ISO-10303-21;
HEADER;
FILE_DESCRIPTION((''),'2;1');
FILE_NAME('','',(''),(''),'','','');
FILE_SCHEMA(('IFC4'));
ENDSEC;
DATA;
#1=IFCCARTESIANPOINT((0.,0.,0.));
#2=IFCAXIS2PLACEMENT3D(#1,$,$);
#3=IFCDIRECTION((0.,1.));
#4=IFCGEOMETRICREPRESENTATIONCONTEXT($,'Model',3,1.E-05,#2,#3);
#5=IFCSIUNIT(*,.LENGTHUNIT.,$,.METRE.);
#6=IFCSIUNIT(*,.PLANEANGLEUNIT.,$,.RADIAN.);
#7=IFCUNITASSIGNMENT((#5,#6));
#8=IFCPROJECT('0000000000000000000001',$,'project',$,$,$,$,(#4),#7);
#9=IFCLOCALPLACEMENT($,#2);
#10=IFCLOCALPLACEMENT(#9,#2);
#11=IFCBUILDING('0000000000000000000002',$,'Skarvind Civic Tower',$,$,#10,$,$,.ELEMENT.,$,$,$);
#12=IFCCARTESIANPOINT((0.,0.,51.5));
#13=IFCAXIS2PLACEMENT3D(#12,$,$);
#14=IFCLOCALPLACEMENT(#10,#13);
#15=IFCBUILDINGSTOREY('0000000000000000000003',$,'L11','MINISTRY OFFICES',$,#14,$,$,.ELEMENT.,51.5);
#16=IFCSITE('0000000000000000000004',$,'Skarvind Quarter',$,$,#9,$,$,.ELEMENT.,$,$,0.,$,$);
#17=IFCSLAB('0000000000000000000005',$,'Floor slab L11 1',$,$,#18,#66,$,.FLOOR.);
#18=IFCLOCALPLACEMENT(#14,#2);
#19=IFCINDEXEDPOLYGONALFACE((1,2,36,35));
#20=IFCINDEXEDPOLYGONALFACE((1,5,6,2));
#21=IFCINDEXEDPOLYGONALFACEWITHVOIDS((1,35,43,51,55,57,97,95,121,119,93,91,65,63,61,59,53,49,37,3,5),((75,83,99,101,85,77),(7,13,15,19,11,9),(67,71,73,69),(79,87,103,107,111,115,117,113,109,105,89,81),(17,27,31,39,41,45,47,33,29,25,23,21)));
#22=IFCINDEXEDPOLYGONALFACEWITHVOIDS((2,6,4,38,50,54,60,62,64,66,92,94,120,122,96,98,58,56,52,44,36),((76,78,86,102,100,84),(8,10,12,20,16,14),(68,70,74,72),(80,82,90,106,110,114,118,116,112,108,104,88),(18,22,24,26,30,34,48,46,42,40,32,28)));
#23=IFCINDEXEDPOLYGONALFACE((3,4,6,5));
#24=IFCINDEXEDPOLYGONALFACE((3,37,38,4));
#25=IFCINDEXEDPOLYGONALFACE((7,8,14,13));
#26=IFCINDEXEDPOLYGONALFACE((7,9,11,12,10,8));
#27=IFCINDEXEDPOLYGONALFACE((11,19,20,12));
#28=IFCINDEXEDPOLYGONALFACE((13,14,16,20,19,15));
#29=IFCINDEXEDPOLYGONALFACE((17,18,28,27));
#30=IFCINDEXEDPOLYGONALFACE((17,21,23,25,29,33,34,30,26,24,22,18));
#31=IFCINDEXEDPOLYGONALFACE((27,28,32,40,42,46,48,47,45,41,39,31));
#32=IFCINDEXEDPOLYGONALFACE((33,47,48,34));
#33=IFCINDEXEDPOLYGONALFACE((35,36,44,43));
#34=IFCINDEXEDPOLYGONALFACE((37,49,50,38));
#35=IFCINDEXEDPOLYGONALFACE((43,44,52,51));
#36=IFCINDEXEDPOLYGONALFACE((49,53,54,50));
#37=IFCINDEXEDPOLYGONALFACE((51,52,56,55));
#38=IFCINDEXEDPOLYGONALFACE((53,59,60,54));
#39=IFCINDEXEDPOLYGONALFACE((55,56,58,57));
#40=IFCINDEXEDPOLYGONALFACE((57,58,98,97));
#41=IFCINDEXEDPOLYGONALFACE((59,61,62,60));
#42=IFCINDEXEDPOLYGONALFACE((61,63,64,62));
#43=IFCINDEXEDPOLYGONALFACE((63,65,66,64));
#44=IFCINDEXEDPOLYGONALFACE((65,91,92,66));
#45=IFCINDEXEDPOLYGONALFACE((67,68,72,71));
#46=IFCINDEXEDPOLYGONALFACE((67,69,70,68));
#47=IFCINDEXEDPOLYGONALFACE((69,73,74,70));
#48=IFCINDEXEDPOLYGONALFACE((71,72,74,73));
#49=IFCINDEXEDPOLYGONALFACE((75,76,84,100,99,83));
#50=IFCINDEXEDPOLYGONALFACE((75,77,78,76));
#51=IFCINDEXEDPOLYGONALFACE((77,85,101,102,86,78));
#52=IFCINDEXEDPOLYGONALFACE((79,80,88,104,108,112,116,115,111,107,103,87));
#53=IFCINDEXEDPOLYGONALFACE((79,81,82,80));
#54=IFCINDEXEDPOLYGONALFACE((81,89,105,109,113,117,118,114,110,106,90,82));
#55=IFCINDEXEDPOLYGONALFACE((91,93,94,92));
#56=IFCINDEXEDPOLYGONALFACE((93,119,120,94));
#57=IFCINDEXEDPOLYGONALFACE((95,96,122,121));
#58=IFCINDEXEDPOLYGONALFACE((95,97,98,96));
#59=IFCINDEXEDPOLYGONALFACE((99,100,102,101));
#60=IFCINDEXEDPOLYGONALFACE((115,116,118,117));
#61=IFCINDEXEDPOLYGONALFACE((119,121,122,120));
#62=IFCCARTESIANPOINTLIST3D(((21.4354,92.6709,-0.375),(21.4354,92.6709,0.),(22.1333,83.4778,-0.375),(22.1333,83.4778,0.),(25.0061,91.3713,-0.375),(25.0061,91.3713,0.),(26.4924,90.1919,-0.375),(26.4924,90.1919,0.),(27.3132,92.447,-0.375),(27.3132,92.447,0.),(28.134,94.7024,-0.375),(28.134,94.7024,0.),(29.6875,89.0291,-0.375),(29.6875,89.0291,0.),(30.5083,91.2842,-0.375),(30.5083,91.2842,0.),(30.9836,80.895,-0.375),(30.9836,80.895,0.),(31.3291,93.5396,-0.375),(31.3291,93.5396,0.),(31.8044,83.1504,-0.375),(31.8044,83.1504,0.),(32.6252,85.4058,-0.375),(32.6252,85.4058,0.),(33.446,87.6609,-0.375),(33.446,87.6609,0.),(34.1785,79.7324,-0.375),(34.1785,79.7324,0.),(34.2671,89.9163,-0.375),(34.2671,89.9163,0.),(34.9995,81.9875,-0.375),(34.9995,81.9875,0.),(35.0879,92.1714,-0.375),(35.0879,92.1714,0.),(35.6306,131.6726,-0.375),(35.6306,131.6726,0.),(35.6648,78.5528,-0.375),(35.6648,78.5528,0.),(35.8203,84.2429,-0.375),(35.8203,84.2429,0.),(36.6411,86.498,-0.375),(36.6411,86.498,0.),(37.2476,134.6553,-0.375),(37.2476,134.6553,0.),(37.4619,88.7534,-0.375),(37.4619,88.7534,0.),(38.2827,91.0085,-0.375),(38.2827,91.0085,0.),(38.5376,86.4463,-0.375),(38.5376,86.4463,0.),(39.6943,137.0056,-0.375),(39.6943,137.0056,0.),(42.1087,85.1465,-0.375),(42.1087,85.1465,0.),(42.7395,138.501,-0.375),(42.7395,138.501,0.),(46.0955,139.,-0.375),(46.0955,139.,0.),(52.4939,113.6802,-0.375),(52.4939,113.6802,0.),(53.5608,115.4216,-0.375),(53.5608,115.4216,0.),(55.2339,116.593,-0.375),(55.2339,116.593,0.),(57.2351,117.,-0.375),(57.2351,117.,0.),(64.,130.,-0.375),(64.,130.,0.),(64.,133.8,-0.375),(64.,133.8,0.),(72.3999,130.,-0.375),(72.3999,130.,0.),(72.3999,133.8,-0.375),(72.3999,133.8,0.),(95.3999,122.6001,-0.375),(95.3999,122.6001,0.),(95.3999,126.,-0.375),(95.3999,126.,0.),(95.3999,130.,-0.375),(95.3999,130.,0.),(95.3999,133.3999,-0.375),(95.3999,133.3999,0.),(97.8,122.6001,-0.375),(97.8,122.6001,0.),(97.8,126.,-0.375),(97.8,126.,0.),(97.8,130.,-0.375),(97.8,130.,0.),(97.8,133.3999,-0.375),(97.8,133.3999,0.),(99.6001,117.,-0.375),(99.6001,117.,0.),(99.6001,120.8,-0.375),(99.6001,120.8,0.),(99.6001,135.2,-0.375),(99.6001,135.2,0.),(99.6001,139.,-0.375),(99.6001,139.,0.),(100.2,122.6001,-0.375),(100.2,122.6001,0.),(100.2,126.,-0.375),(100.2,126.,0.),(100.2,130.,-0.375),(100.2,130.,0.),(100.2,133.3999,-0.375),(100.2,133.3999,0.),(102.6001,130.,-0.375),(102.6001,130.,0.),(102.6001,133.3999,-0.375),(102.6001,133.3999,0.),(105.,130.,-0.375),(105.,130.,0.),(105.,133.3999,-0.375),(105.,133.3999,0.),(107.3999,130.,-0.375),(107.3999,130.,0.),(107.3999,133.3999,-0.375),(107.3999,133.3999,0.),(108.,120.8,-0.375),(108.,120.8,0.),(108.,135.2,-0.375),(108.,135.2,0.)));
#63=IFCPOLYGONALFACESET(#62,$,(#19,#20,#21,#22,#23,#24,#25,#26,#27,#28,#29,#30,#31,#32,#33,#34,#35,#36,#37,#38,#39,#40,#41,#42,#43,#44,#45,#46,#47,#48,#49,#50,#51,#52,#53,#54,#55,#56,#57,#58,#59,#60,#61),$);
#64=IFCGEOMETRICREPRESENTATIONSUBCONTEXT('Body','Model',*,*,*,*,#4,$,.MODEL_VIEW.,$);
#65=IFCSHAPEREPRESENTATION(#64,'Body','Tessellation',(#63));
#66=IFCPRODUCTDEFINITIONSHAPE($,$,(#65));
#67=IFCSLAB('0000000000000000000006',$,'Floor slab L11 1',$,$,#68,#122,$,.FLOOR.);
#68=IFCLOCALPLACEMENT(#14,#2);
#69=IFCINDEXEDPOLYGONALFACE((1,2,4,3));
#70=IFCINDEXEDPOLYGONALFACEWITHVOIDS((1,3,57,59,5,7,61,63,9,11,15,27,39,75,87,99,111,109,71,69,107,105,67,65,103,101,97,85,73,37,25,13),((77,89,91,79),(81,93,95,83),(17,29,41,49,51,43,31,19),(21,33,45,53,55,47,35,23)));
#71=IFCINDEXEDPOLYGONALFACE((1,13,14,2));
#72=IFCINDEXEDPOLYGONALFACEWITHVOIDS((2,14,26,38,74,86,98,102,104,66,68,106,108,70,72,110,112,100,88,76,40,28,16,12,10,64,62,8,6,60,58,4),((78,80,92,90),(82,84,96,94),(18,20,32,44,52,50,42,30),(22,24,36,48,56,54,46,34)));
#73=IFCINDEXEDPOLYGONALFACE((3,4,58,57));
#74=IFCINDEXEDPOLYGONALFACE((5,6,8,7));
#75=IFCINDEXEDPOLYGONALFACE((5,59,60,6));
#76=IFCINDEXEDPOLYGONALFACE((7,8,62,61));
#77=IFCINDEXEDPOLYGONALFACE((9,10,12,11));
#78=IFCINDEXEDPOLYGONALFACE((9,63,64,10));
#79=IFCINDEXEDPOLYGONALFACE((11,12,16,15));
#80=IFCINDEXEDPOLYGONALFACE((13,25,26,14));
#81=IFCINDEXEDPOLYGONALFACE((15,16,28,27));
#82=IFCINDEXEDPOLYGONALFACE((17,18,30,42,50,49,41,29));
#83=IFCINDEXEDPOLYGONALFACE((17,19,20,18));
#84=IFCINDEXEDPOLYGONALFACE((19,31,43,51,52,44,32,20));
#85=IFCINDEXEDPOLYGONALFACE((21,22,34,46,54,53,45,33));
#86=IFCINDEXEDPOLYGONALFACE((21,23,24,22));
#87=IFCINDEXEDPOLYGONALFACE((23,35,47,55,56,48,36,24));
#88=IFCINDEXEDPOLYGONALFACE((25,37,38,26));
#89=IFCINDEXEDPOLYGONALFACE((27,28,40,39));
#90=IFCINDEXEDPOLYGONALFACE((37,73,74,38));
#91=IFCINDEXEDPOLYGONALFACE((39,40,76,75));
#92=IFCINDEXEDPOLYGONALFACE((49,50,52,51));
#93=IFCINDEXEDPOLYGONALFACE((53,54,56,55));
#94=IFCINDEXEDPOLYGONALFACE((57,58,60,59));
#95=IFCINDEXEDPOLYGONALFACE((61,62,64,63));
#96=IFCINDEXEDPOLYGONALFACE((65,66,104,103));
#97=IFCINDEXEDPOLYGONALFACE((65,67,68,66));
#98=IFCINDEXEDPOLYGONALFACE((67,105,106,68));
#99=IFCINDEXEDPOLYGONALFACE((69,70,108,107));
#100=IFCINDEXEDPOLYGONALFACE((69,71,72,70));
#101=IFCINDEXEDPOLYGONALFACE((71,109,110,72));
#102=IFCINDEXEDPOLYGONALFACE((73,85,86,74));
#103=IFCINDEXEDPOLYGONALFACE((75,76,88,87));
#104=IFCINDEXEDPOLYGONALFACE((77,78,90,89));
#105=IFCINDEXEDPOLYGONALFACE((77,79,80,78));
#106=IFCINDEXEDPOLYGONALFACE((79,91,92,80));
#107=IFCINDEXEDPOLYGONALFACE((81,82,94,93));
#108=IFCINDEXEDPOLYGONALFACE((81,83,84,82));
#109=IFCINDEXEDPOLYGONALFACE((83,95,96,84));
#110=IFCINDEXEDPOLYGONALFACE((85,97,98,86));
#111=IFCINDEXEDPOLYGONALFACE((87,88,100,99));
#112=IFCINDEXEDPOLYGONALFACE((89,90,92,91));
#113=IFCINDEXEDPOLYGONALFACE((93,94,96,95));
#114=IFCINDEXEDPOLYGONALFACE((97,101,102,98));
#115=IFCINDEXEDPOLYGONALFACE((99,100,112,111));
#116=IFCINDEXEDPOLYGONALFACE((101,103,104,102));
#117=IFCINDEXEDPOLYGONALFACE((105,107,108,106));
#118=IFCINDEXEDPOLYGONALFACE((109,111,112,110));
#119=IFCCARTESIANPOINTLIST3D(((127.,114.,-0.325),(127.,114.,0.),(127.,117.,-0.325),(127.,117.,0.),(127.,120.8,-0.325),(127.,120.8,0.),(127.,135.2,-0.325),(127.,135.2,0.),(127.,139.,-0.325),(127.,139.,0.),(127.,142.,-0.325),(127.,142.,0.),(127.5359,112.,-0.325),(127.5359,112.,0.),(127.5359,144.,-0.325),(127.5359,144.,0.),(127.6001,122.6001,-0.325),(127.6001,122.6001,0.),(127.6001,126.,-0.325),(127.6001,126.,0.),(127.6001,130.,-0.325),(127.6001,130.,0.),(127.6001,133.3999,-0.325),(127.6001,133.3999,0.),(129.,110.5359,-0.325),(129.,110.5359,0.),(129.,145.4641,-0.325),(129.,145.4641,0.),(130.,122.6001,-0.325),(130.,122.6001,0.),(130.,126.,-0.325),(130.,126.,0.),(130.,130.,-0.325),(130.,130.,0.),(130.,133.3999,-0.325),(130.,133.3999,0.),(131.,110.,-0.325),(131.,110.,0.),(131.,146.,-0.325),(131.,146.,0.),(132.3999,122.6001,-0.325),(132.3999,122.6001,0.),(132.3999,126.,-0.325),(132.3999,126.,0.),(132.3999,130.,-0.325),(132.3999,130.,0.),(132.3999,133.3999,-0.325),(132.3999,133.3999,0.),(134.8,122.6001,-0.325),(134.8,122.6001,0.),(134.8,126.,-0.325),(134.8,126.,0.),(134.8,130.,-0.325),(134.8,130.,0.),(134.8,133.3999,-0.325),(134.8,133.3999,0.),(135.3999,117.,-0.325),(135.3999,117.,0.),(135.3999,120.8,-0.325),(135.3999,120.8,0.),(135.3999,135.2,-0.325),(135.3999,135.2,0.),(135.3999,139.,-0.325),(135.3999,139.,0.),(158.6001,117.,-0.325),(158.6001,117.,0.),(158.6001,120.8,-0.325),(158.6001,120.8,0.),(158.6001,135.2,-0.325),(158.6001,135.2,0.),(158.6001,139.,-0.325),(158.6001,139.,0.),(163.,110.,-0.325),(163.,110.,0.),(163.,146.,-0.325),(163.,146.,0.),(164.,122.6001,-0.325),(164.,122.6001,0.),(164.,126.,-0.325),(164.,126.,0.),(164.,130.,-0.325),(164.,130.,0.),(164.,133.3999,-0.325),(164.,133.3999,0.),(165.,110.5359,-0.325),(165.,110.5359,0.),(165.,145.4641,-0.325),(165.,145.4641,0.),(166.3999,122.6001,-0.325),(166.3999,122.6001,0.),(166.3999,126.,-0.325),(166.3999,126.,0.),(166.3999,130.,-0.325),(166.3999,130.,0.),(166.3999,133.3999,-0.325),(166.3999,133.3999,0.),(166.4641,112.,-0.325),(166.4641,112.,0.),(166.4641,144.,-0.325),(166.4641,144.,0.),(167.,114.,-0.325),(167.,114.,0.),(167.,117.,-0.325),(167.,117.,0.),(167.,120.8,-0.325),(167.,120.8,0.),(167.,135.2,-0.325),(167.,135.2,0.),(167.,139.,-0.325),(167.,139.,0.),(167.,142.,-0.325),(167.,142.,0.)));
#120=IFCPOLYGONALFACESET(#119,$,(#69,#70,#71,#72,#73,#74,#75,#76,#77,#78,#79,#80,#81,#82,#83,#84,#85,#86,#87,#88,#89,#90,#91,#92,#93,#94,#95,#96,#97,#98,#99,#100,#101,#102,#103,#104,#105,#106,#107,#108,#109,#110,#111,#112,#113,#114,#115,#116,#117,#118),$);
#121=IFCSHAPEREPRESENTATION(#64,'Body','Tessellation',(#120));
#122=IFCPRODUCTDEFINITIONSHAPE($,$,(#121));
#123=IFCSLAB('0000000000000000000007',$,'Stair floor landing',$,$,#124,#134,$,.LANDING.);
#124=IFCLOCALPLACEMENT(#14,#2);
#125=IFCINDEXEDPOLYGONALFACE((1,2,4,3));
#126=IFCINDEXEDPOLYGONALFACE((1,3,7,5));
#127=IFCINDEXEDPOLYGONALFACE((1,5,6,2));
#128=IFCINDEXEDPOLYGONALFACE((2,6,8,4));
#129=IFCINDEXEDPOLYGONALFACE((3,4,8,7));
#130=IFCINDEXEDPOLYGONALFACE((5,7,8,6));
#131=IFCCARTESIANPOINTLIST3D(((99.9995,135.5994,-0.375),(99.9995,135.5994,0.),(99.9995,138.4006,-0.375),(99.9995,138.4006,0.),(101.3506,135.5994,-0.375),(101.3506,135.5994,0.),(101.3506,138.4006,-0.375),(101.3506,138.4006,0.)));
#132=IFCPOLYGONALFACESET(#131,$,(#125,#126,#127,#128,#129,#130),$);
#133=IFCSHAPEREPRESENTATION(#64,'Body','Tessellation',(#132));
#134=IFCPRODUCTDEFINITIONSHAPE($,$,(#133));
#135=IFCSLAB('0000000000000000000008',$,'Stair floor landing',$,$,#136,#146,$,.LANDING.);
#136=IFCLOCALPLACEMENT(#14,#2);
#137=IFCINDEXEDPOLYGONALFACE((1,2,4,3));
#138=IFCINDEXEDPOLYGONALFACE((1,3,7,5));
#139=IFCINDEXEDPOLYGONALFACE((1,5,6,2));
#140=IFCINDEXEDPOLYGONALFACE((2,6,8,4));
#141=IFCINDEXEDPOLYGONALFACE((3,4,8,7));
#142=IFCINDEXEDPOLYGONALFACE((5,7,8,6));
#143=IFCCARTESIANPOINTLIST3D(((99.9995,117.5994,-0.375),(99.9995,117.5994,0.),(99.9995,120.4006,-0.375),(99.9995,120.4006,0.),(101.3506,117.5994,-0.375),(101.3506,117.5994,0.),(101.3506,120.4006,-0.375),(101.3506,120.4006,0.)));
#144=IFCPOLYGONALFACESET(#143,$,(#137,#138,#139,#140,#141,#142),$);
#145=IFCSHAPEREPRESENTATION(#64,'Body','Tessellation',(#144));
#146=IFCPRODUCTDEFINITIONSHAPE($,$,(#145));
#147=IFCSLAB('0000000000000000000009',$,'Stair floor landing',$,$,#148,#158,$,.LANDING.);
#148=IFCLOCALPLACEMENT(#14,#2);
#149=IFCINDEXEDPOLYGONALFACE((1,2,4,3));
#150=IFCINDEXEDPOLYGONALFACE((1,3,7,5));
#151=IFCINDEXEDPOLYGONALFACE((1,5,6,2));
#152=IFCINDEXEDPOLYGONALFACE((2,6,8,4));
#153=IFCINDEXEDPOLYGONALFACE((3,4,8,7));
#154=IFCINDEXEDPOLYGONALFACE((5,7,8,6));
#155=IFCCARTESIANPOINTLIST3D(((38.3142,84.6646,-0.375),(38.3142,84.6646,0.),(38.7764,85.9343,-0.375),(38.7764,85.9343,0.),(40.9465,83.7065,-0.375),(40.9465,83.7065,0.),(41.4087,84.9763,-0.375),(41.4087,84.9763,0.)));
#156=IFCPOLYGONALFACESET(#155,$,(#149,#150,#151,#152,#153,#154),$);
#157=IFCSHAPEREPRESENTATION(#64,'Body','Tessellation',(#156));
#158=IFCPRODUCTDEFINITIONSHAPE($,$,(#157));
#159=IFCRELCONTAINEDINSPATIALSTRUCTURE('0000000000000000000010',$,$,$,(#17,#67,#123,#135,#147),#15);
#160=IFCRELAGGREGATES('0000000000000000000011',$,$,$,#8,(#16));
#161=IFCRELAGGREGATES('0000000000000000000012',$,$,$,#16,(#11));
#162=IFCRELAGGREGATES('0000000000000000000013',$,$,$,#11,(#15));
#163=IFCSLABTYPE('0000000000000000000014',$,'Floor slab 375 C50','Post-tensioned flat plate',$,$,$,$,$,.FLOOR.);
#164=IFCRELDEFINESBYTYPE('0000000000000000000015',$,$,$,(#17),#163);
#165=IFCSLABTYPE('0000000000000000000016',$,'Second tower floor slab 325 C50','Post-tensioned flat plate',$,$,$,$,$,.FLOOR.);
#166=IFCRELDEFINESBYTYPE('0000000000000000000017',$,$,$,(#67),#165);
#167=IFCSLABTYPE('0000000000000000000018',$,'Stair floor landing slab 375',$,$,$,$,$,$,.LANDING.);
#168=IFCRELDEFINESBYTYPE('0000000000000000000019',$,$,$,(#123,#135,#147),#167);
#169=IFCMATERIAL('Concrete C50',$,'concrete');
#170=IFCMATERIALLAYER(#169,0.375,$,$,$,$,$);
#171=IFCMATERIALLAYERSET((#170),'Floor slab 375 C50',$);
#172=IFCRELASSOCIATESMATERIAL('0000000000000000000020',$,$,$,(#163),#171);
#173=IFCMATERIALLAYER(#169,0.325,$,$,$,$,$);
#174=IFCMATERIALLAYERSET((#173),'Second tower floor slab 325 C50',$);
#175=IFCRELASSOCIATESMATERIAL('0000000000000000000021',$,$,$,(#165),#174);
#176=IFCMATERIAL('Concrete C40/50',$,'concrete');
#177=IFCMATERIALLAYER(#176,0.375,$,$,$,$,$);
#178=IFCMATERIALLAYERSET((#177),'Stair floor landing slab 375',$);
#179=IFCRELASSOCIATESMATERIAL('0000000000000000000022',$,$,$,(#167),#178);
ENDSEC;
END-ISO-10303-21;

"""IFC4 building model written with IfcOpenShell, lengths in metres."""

from ifc_helpers import new_model, si_unit, direction, frame, origin, place, context, subcontext, project, spatial, polyline, outline, extrude, material, layer, layer_set, type_object, element, save


model = new_model("IFC4")

# Units and contexts
model_context = context("Model", 3, precision=1e-05, world=origin(), true_north=direction((0.0, 1.0)))
body_context = subcontext(model_context, "Body", "Model", "MODEL_VIEW")
ifc_project = project(units=[si_unit("LENGTHUNIT", "METRE"), si_unit("PLANEANGLEUNIT", "RADIAN")], contexts=[model_context])

# Site, building, storey
site_placement = place(None, origin())
site = spatial("IfcSite", under=ifc_project, at=site_placement, Name="Skarvind Quarter", CompositionType="ELEMENT", RefElevation=0.0)
building_placement = place(site_placement, origin())
building = spatial("IfcBuilding", under=site, at=building_placement, Name="Skarvind Civic Tower", CompositionType="ELEMENT")
storey_placement = place(building_placement, frame((0.0, 0.0, 51.5)))
storey = spatial("IfcBuildingStorey", under=building, at=storey_placement, Name="L11", Description="MINISTRY OFFICES", CompositionType="ELEMENT", Elevation=51.5)

# Slabs
ifc_material_1 = material(Name="Concrete C50", Category="concrete")
ifc_layer_1 = layer(ifc_material_1, 0.375)
ifc_layer_set_1 = layer_set([ifc_layer_1], Name="Floor slab 375 C50")
slab_type_1 = type_object("IfcSlabType", Name="Floor slab 375 C50", Description="Post-tensioned flat plate", PredefinedType="FLOOR", material=ifc_layer_set_1)
slab_1_placement = place(storey_placement, frame((0.0, 0.0, -0.375)))
element("IfcSlab", 1, at=slab_1_placement, inside=storey, type_object=slab_type_1, Name="Floor slab L11 1", PredefinedType="FLOOR", context=body_context, shape_type="SweptSolid", body=[
    extrude(outline(polyline([(99.6001, 117.0), (99.6001, 120.8), (108.0, 120.8), (108.0, 135.2), (99.6001, 135.2), (99.6001, 139.0), (46.0955, 139.0), (42.7395, 138.501), (39.6943, 137.0056), (37.2476, 134.6553), (35.6306, 131.6726), (19.4175, 87.1267), (21.4353, 92.6709), (25.0061, 91.3713), (22.1333, 83.4778), (36.8865, 78.1082), (35.6648, 78.5527), (38.5376, 86.4463), (42.1086, 85.1465), (40.0908, 79.6023), (40.0908, 79.6023), (52.4939, 113.6802), (53.5608, 115.4216), (55.2339, 116.593), (57.2351, 117.0), (99.6001, 117.0)]), holes=[polyline([(32.6252, 85.4058), (33.446, 87.6609), (34.2671, 89.9163), (35.0879, 92.1714), (38.2827, 91.0085), (37.4619, 88.7534), (36.6411, 86.498), (35.8203, 84.2429), (35.8203, 84.2429), (34.9995, 81.9875), (34.1785, 79.7324), (30.9836, 80.895), (31.8044, 83.1504), (32.6252, 85.4058), (32.6252, 85.4058)]), polyline([(31.3291, 93.5396), (30.5083, 91.2842), (29.6875, 89.0291), (26.4924, 90.1919), (27.3132, 92.447), (28.134, 94.7024), (31.3291, 93.5396)]), polyline([(64.0, 130.0), (64.0, 133.8), (72.3999, 133.8), (72.3999, 130.0), (64.0, 130.0)]), polyline([(100.2, 126.0), (100.2, 122.6001), (97.8, 122.6001), (95.3999, 122.6001), (95.3999, 126.0), (97.8, 126.0), (100.2, 126.0)]), polyline([(100.2, 133.3999), (102.6001, 133.3999), (105.0, 133.3999), (107.3999, 133.3999), (107.3999, 130.0), (105.0, 130.0), (102.6001, 130.0), (100.2, 130.0), (97.8, 130.0), (95.3999, 130.0), (95.3999, 133.3999), (97.8, 133.3999), (100.2, 133.3999)])]), origin(), (0.0, 0.0, 1.0), 0.375),
])
ifc_layer_2 = layer(ifc_material_1, 0.325)
ifc_layer_set_2 = layer_set([ifc_layer_2], Name="Second tower floor slab 325 C50")
slab_type_2 = type_object("IfcSlabType", Name="Second tower floor slab 325 C50", Description="Post-tensioned flat plate", PredefinedType="FLOOR", material=ifc_layer_set_2)
slab_2_placement = place(storey_placement, frame((0.0, 0.0, -0.325)))
element("IfcSlab", 2, at=slab_2_placement, inside=storey, type_object=slab_type_2, Name="Floor slab L11 1", PredefinedType="FLOOR", context=body_context, shape_type="SweptSolid", body=[
    extrude(outline(polyline([(127.0, 139.0), (135.3999, 139.0), (135.3999, 135.2), (127.0, 135.2), (127.0, 120.8), (135.3999, 120.8), (135.3999, 117.0), (127.0, 117.0), (127.0, 114.0), (127.5359, 112.0), (129.0, 110.5359), (131.0, 110.0), (163.0, 110.0), (165.0, 110.5359), (166.4641, 112.0), (167.0, 114.0), (167.0, 117.0), (158.6001, 117.0), (158.6001, 120.8), (167.0, 120.8), (167.0, 135.2), (158.6001, 135.2), (158.6001, 139.0), (167.0, 139.0), (167.0, 142.0), (166.4641, 144.0), (165.0, 145.4641), (163.0, 146.0), (131.0, 146.0), (129.0, 145.4641), (127.5359, 144.0), (127.0, 142.0), (127.0, 139.0)]), holes=[polyline([(132.3999, 126.0), (134.8, 126.0), (134.8, 122.6001), (132.3999, 122.6001), (130.0, 122.6001), (127.6001, 122.6001), (127.6001, 126.0), (130.0, 126.0), (132.3999, 126.0)]), polyline([(130.0, 133.3999), (132.3999, 133.3999), (134.8, 133.3999), (134.8, 130.0), (132.3999, 130.0), (130.0, 130.0), (127.6001, 130.0), (127.6001, 133.3999), (130.0, 133.3999)]), polyline([(166.3999, 126.0), (166.3999, 122.6001), (164.0, 122.6001), (164.0, 126.0), (166.3999, 126.0)]), polyline([(166.3999, 133.3999), (166.3999, 130.0), (164.0, 130.0), (164.0, 133.3999), (166.3999, 133.3999)])]), origin(), (0.0, 0.0, 1.0), 0.325),
])
ifc_material_2 = material(Name="Concrete C40/50", Category="concrete")
ifc_layer_3 = layer(ifc_material_2, 0.375)
ifc_layer_set_3 = layer_set([ifc_layer_3], Name="Stair floor landing slab 375")
slab_type_3 = type_object("IfcSlabType", Name="Stair floor landing slab 375", PredefinedType="LANDING", material=ifc_layer_set_3)
slab_3_placement = place(storey_placement, frame((0.0, 0.0, -0.375)))
element("IfcSlab", 3, at=slab_3_placement, inside=storey, type_object=slab_type_3, Name="Stair floor landing", PredefinedType="LANDING", context=body_context, shape_type="SweptSolid", body=[
    extrude(outline(polyline([(101.3506, 138.4006), (101.3506, 135.5994), (99.9995, 135.5994), (99.9995, 138.4006), (101.3506, 138.4006)])), origin(), (0.0, 0.0, 1.0), 0.375),
])
slab_4_placement = place(storey_placement, frame((0.0, 0.0, -0.375)))
element("IfcSlab", 4, at=slab_4_placement, inside=storey, type_object=slab_type_3, Name="Stair floor landing", PredefinedType="LANDING", context=body_context, shape_type="SweptSolid", body=[
    extrude(outline(polyline([(101.3506, 120.4006), (101.3506, 117.5994), (99.9995, 117.5994), (99.9995, 120.4006), (101.3506, 120.4006)])), origin(), (0.0, 0.0, 1.0), 0.375),
])
slab_5_placement = place(storey_placement, frame((0.0, 0.0, -0.375)))
element("IfcSlab", 5, at=slab_5_placement, inside=storey, type_object=slab_type_3, Name="Stair floor landing", PredefinedType="LANDING", context=body_context, shape_type="SweptSolid", body=[
    extrude(outline(polyline([(40.9465, 83.7065), (38.3142, 84.6646), (38.7764, 85.9343), (41.4087, 84.9763), (40.9465, 83.7065)])), origin(), (0.0, 0.0, 1.0), 0.375),
])

save(model, "model.ifc")
